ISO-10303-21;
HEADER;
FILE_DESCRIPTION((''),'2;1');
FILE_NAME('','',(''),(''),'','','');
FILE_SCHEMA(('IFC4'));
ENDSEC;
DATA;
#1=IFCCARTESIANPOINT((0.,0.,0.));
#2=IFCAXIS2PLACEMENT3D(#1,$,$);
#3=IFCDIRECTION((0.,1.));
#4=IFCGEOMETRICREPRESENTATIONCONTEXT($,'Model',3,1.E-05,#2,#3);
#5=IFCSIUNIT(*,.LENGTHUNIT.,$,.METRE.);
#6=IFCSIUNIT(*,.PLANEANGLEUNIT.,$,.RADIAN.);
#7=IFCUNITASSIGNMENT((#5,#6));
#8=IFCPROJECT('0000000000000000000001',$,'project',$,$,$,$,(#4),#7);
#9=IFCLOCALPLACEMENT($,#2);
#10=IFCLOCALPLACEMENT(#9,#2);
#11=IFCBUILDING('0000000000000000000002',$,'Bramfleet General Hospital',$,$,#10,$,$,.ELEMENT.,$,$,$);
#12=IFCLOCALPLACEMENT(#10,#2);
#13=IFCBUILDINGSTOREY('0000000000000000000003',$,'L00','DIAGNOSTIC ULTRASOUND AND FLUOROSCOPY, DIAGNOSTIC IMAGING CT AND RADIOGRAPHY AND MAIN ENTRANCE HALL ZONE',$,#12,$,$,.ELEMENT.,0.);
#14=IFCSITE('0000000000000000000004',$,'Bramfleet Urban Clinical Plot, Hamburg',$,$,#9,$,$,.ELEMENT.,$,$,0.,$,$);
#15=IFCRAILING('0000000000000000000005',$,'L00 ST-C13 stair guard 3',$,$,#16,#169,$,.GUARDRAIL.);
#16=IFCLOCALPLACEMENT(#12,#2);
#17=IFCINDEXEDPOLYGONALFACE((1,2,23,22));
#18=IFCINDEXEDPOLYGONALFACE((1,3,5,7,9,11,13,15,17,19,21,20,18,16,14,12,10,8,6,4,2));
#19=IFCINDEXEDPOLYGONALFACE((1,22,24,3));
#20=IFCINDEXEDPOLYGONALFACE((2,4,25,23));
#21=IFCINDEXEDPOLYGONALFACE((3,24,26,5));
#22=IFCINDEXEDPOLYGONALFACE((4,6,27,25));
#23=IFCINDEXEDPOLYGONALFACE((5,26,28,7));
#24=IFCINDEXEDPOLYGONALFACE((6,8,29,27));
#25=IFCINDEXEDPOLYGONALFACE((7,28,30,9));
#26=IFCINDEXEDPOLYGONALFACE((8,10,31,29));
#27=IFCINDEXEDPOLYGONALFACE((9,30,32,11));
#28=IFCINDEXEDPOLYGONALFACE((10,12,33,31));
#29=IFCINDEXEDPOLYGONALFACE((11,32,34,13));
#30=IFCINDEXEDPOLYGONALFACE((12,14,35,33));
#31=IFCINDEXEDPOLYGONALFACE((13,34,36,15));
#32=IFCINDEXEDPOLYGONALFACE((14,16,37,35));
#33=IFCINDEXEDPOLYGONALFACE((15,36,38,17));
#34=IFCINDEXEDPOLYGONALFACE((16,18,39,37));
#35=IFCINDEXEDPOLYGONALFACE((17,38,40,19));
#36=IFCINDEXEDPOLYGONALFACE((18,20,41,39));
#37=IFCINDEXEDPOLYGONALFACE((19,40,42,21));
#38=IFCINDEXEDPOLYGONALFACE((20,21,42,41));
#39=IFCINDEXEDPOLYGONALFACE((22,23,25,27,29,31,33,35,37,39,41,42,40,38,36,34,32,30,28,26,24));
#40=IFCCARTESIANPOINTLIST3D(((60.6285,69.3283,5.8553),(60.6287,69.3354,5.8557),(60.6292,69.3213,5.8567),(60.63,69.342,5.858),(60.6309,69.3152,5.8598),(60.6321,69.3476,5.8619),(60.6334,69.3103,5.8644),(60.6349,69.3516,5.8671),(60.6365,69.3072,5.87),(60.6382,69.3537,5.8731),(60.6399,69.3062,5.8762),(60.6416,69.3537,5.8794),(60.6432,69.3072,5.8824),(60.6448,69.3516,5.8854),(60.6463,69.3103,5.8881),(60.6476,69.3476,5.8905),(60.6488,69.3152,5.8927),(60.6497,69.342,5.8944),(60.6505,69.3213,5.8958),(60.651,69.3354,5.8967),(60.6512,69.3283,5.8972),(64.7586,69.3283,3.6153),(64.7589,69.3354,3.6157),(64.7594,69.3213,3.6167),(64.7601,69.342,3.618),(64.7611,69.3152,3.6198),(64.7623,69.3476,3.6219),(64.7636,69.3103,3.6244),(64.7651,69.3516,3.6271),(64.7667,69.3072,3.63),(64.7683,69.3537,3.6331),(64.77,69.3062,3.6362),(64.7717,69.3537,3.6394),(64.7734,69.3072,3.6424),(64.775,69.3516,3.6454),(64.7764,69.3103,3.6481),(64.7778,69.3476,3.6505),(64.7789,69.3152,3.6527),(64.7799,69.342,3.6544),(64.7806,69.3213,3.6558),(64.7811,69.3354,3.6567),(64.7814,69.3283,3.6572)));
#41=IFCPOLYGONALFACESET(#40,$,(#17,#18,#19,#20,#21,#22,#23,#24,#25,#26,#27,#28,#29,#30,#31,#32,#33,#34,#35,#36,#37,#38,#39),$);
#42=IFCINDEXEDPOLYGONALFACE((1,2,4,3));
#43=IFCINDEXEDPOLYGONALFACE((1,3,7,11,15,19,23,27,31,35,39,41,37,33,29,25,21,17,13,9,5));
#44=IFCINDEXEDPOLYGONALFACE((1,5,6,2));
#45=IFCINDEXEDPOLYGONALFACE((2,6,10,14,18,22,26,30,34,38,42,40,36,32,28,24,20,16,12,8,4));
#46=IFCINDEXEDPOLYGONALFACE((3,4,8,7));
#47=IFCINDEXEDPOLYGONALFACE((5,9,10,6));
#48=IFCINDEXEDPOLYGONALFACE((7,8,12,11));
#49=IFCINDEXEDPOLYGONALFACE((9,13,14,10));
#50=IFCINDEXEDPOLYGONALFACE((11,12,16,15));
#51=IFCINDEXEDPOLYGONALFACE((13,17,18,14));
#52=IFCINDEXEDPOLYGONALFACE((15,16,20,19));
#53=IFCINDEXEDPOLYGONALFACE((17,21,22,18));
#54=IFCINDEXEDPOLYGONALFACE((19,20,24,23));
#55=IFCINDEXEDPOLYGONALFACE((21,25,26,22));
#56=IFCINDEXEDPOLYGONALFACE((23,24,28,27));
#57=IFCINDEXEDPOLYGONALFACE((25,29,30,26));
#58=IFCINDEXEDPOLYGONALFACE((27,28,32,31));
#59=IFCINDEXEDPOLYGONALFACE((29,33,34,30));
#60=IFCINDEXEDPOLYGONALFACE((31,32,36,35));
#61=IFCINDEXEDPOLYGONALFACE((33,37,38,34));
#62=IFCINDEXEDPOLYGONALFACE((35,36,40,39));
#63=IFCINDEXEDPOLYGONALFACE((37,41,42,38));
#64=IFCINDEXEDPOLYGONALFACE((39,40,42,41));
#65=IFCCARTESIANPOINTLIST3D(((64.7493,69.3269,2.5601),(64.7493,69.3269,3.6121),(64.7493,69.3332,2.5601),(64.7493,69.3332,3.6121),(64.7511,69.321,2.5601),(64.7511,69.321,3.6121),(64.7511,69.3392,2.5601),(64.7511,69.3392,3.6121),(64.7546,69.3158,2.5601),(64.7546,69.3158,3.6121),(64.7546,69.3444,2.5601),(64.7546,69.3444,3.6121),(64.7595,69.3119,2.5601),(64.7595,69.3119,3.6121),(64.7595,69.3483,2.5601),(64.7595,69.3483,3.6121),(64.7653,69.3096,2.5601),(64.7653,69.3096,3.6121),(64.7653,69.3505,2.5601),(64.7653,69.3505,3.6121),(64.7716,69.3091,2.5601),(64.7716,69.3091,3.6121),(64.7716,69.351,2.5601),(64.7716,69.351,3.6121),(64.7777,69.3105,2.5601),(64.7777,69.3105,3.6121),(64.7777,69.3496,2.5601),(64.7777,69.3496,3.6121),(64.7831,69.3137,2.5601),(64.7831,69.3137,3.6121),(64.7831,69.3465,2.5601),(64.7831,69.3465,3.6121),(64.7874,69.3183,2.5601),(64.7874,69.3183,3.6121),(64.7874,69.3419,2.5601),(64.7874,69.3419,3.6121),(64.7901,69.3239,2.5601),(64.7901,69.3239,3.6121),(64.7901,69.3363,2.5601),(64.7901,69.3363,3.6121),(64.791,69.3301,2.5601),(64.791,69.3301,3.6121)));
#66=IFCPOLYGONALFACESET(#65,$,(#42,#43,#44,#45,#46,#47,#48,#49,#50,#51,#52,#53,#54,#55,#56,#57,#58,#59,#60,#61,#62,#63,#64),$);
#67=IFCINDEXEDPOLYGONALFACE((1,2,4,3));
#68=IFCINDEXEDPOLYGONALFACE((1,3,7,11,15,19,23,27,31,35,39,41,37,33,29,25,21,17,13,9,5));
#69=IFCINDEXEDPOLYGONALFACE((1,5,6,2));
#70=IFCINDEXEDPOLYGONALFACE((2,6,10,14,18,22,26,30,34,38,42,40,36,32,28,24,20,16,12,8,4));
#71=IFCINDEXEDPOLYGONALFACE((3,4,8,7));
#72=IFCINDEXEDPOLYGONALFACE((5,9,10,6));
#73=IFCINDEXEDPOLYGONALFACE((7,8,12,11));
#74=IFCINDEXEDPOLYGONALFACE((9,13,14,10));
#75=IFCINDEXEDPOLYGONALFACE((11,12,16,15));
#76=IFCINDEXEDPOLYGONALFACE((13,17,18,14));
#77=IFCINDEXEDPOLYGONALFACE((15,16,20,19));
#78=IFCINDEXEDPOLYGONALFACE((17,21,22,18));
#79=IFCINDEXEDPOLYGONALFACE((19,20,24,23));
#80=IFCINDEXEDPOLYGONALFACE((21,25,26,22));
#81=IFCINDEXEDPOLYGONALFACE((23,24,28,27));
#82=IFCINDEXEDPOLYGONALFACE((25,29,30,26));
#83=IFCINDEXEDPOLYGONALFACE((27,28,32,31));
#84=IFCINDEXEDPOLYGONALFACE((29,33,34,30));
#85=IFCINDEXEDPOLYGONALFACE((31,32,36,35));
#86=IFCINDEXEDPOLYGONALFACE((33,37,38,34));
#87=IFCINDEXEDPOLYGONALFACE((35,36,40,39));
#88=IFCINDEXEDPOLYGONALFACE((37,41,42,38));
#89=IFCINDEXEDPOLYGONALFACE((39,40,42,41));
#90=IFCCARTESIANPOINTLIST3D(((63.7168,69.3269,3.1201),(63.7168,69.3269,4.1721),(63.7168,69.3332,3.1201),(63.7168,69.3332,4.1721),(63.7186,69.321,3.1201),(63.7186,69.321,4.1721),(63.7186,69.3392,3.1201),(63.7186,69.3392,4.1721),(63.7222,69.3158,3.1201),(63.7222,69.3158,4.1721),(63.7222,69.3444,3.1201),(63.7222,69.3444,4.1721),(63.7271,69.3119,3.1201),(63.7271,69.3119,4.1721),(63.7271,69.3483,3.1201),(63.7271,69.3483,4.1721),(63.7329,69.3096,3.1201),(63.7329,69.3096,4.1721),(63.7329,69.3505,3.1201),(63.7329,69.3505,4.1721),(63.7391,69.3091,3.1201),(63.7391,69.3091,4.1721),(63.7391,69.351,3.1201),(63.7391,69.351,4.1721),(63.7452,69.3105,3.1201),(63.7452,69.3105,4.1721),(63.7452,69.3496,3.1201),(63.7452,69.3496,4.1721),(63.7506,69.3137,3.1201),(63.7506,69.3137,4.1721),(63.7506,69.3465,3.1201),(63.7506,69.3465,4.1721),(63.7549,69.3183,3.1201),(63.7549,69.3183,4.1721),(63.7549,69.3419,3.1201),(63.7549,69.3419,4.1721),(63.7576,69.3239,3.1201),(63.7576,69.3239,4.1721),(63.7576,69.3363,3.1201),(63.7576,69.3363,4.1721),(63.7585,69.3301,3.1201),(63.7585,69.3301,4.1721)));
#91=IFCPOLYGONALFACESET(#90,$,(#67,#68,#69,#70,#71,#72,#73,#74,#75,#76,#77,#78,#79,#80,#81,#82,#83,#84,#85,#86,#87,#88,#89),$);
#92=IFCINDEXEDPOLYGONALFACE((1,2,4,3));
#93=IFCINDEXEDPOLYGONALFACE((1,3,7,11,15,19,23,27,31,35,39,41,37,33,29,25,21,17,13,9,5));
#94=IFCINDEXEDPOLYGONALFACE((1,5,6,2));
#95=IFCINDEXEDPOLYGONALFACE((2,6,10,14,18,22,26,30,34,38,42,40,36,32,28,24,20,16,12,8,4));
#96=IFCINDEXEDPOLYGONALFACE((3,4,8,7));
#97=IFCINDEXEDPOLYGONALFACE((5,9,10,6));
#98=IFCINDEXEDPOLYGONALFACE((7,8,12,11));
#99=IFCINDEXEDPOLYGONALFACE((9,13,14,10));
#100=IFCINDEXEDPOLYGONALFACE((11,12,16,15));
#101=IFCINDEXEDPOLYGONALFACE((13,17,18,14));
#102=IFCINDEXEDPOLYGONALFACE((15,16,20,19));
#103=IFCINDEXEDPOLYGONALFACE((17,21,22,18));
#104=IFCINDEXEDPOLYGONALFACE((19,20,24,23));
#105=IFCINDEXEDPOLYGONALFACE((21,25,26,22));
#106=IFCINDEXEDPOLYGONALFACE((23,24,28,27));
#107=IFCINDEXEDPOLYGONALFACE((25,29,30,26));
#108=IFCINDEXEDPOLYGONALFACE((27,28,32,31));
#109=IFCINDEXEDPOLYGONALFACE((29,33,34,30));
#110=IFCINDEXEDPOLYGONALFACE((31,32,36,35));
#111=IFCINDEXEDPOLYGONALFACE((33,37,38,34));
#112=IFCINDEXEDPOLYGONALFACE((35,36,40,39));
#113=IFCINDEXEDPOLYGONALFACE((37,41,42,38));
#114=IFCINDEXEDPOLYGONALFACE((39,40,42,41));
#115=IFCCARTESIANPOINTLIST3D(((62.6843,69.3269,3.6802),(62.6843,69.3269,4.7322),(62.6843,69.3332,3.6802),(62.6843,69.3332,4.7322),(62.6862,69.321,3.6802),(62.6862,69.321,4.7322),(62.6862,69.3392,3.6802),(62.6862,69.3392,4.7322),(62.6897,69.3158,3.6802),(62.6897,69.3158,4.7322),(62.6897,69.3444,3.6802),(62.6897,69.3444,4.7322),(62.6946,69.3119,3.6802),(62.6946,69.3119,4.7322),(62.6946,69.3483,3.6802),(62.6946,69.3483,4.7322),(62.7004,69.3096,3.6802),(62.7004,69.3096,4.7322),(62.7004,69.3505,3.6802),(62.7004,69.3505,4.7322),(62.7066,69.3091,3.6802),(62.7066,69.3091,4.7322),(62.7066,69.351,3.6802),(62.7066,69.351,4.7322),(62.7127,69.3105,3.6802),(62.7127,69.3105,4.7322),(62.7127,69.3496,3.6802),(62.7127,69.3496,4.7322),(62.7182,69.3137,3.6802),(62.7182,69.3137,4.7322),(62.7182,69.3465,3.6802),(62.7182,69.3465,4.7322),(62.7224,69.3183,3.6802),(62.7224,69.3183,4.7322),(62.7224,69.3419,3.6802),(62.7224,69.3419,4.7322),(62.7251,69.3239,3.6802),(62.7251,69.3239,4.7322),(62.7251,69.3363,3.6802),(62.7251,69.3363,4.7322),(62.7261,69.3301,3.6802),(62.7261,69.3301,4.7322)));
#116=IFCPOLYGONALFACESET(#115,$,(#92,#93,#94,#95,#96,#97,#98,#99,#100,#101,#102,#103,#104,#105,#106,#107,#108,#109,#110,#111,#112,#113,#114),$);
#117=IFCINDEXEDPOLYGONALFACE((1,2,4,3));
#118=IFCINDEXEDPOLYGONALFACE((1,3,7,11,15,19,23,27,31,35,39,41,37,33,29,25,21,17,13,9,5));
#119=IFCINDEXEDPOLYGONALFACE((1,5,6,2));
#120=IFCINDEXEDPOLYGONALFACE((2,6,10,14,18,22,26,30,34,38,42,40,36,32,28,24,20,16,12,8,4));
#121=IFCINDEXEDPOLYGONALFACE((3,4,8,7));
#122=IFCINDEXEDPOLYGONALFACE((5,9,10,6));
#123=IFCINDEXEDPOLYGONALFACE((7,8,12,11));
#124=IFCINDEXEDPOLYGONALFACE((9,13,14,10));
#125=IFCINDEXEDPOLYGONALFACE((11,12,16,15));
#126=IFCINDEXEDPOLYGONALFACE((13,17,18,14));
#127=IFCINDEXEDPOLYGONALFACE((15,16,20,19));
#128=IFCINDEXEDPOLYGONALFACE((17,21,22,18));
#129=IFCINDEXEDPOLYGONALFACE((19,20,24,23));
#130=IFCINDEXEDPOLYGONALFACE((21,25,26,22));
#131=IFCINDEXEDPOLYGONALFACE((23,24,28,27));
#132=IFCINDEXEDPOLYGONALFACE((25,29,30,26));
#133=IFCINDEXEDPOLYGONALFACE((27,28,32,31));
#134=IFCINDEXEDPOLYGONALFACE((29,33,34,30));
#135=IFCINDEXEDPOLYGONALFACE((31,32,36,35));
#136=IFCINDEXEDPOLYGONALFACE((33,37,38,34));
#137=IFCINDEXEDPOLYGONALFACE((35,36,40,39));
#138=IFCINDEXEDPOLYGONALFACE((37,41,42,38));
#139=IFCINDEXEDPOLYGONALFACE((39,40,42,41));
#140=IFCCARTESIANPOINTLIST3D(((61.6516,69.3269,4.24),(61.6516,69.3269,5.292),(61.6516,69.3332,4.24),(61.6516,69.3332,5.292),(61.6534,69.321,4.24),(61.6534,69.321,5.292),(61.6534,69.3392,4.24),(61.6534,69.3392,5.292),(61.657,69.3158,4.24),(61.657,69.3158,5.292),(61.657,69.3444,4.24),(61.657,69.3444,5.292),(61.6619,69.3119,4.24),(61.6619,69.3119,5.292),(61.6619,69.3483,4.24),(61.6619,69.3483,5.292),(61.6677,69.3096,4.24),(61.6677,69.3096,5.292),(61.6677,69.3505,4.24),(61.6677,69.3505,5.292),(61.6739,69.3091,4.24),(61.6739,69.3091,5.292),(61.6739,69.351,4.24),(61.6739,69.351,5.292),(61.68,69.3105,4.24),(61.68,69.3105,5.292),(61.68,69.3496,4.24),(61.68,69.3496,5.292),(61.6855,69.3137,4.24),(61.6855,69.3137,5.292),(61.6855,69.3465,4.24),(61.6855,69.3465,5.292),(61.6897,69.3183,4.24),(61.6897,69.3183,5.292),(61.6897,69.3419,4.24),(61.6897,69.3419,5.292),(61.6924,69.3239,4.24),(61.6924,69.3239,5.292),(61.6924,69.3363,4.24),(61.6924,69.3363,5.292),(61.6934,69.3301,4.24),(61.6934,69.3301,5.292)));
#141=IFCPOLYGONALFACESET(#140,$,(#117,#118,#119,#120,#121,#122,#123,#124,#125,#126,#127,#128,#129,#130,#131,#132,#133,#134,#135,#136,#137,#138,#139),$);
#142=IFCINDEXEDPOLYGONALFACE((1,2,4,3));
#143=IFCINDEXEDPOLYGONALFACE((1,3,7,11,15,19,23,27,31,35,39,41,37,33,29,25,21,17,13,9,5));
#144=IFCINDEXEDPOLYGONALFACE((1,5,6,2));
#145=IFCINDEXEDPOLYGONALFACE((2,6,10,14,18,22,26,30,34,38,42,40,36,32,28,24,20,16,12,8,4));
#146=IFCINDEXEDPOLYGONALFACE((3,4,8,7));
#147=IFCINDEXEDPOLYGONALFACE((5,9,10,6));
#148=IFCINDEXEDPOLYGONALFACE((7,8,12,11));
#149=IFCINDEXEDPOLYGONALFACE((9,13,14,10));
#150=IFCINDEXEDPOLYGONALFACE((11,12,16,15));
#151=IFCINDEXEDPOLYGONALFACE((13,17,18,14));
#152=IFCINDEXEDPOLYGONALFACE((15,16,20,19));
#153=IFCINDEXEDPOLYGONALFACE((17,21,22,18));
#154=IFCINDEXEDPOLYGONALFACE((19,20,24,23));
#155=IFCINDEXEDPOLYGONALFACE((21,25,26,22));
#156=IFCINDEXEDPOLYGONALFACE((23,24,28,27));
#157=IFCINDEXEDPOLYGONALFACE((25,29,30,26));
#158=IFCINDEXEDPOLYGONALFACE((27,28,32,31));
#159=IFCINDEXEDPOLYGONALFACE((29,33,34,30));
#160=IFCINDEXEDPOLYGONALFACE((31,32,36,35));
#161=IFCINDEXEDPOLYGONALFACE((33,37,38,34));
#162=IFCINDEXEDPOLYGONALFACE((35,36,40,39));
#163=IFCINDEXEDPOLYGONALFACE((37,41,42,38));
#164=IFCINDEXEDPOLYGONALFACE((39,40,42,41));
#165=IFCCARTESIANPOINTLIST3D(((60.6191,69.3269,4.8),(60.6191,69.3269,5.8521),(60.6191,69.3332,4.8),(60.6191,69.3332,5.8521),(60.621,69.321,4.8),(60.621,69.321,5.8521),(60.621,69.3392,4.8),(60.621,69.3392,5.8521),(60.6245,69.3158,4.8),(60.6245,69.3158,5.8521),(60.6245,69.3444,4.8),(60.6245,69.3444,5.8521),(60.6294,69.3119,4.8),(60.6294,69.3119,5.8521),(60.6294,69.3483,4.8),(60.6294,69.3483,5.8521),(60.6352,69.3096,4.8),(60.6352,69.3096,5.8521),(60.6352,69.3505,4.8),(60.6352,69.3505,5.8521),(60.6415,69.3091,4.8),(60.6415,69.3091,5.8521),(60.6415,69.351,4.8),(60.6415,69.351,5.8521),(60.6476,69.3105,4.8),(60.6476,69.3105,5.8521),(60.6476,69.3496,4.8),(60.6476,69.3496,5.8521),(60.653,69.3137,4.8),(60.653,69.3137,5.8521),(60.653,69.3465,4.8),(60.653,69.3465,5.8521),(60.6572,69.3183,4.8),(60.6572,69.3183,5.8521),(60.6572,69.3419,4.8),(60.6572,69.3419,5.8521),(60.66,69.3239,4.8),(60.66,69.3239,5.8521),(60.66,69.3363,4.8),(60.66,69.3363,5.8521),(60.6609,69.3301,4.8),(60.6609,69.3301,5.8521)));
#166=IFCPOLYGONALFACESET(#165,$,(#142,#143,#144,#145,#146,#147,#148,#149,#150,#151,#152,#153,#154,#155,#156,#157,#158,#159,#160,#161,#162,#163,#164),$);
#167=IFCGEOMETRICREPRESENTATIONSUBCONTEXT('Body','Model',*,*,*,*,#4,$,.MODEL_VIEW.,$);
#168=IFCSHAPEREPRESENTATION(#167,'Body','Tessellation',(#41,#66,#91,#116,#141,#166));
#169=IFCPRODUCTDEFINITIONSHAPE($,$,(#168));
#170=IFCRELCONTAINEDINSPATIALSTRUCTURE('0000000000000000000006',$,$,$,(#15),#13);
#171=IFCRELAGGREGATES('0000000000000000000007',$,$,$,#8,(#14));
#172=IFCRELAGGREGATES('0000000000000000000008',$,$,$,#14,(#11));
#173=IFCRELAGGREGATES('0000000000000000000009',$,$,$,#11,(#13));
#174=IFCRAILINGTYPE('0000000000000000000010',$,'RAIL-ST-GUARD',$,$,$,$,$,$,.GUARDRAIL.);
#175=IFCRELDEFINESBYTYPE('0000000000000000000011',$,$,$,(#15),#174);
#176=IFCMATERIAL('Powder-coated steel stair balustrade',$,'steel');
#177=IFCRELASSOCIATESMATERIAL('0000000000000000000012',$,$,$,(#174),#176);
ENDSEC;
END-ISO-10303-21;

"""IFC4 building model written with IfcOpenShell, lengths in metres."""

from ifc_helpers import new_model, si_unit, direction, frame, origin, origin_2d, place, context, subcontext, project, spatial, circle, extrude, material, type_object, element, save


model = new_model("IFC4")

# Units and contexts
model_context = context("Model", 3, precision=1e-05, world=origin(), true_north=direction((0.0, 1.0)))
body_context = subcontext(model_context, "Body", "Model", "MODEL_VIEW")
ifc_project = project(units=[si_unit("LENGTHUNIT", "METRE"), si_unit("PLANEANGLEUNIT", "RADIAN")], contexts=[model_context])

# Site, building, storey
site_placement = place(None, origin())
site = spatial("IfcSite", under=ifc_project, at=site_placement, Name="Bramfleet Urban Clinical Plot, Hamburg", CompositionType="ELEMENT", RefElevation=0.0)
building_placement = place(site_placement, origin())
building = spatial("IfcBuilding", under=site, at=building_placement, Name="Bramfleet General Hospital", CompositionType="ELEMENT")
storey_placement = place(building_placement, origin())
storey = spatial("IfcBuildingStorey", under=building, at=storey_placement, Name="L00", Description="DIAGNOSTIC ULTRASOUND AND FLUOROSCOPY, DIAGNOSTIC IMAGING CT AND RADIOGRAPHY AND MAIN ENTRANCE HALL ZONE", CompositionType="ELEMENT", Elevation=0.0)

# Railing
ifc_material_1 = material(Name="Powder-coated steel stair balustrade", Category="steel")
railing_type_1 = type_object("IfcRailingType", Name="RAIL-ST-GUARD", PredefinedType="GUARDRAIL", material=ifc_material_1)
railing_1_placement = place(storey_placement, frame((64.77, 69.3301, 2.5601)))
element("IfcRailing", 1, at=railing_1_placement, inside=storey, type_object=railing_type_1, Name="L00 ST-C13 stair guard 3", PredefinedType="GUARDRAIL", context=body_context, shape_type="SweptSolid", body=[
    extrude(circle(Radius=0.0239, at=origin_2d()), frame((0.0, 0.0, 1.0762), z_axis=(-0.879039, 0.0, 0.47675), x_axis=(0.0, -1.0, 0.0)), (0.0, 0.0, 1.0), 4.6985),
    extrude(circle(Radius=0.021, at=origin_2d()), origin(), (0.0, 0.0, 1.0), 1.052),
    extrude(circle(Radius=0.021, at=origin_2d()), frame((-1.0325, 0.0, 0.5601)), (0.0, 0.0, 1.0), 1.052),
    extrude(circle(Radius=0.021, at=origin_2d()), frame((-2.0649, 0.0, 1.1201)), (0.0, 0.0, 1.0), 1.052),
    extrude(circle(Radius=0.021, at=origin_2d()), frame((-3.0977, 0.0, 1.6799)), (0.0, 0.0, 1.0), 1.052),
    extrude(circle(Radius=0.021, at=origin_2d()), frame((-4.1301, 0.0, 2.24)), (0.0, 0.0, 1.0), 1.052),
])

save(model, "model.ifc")
